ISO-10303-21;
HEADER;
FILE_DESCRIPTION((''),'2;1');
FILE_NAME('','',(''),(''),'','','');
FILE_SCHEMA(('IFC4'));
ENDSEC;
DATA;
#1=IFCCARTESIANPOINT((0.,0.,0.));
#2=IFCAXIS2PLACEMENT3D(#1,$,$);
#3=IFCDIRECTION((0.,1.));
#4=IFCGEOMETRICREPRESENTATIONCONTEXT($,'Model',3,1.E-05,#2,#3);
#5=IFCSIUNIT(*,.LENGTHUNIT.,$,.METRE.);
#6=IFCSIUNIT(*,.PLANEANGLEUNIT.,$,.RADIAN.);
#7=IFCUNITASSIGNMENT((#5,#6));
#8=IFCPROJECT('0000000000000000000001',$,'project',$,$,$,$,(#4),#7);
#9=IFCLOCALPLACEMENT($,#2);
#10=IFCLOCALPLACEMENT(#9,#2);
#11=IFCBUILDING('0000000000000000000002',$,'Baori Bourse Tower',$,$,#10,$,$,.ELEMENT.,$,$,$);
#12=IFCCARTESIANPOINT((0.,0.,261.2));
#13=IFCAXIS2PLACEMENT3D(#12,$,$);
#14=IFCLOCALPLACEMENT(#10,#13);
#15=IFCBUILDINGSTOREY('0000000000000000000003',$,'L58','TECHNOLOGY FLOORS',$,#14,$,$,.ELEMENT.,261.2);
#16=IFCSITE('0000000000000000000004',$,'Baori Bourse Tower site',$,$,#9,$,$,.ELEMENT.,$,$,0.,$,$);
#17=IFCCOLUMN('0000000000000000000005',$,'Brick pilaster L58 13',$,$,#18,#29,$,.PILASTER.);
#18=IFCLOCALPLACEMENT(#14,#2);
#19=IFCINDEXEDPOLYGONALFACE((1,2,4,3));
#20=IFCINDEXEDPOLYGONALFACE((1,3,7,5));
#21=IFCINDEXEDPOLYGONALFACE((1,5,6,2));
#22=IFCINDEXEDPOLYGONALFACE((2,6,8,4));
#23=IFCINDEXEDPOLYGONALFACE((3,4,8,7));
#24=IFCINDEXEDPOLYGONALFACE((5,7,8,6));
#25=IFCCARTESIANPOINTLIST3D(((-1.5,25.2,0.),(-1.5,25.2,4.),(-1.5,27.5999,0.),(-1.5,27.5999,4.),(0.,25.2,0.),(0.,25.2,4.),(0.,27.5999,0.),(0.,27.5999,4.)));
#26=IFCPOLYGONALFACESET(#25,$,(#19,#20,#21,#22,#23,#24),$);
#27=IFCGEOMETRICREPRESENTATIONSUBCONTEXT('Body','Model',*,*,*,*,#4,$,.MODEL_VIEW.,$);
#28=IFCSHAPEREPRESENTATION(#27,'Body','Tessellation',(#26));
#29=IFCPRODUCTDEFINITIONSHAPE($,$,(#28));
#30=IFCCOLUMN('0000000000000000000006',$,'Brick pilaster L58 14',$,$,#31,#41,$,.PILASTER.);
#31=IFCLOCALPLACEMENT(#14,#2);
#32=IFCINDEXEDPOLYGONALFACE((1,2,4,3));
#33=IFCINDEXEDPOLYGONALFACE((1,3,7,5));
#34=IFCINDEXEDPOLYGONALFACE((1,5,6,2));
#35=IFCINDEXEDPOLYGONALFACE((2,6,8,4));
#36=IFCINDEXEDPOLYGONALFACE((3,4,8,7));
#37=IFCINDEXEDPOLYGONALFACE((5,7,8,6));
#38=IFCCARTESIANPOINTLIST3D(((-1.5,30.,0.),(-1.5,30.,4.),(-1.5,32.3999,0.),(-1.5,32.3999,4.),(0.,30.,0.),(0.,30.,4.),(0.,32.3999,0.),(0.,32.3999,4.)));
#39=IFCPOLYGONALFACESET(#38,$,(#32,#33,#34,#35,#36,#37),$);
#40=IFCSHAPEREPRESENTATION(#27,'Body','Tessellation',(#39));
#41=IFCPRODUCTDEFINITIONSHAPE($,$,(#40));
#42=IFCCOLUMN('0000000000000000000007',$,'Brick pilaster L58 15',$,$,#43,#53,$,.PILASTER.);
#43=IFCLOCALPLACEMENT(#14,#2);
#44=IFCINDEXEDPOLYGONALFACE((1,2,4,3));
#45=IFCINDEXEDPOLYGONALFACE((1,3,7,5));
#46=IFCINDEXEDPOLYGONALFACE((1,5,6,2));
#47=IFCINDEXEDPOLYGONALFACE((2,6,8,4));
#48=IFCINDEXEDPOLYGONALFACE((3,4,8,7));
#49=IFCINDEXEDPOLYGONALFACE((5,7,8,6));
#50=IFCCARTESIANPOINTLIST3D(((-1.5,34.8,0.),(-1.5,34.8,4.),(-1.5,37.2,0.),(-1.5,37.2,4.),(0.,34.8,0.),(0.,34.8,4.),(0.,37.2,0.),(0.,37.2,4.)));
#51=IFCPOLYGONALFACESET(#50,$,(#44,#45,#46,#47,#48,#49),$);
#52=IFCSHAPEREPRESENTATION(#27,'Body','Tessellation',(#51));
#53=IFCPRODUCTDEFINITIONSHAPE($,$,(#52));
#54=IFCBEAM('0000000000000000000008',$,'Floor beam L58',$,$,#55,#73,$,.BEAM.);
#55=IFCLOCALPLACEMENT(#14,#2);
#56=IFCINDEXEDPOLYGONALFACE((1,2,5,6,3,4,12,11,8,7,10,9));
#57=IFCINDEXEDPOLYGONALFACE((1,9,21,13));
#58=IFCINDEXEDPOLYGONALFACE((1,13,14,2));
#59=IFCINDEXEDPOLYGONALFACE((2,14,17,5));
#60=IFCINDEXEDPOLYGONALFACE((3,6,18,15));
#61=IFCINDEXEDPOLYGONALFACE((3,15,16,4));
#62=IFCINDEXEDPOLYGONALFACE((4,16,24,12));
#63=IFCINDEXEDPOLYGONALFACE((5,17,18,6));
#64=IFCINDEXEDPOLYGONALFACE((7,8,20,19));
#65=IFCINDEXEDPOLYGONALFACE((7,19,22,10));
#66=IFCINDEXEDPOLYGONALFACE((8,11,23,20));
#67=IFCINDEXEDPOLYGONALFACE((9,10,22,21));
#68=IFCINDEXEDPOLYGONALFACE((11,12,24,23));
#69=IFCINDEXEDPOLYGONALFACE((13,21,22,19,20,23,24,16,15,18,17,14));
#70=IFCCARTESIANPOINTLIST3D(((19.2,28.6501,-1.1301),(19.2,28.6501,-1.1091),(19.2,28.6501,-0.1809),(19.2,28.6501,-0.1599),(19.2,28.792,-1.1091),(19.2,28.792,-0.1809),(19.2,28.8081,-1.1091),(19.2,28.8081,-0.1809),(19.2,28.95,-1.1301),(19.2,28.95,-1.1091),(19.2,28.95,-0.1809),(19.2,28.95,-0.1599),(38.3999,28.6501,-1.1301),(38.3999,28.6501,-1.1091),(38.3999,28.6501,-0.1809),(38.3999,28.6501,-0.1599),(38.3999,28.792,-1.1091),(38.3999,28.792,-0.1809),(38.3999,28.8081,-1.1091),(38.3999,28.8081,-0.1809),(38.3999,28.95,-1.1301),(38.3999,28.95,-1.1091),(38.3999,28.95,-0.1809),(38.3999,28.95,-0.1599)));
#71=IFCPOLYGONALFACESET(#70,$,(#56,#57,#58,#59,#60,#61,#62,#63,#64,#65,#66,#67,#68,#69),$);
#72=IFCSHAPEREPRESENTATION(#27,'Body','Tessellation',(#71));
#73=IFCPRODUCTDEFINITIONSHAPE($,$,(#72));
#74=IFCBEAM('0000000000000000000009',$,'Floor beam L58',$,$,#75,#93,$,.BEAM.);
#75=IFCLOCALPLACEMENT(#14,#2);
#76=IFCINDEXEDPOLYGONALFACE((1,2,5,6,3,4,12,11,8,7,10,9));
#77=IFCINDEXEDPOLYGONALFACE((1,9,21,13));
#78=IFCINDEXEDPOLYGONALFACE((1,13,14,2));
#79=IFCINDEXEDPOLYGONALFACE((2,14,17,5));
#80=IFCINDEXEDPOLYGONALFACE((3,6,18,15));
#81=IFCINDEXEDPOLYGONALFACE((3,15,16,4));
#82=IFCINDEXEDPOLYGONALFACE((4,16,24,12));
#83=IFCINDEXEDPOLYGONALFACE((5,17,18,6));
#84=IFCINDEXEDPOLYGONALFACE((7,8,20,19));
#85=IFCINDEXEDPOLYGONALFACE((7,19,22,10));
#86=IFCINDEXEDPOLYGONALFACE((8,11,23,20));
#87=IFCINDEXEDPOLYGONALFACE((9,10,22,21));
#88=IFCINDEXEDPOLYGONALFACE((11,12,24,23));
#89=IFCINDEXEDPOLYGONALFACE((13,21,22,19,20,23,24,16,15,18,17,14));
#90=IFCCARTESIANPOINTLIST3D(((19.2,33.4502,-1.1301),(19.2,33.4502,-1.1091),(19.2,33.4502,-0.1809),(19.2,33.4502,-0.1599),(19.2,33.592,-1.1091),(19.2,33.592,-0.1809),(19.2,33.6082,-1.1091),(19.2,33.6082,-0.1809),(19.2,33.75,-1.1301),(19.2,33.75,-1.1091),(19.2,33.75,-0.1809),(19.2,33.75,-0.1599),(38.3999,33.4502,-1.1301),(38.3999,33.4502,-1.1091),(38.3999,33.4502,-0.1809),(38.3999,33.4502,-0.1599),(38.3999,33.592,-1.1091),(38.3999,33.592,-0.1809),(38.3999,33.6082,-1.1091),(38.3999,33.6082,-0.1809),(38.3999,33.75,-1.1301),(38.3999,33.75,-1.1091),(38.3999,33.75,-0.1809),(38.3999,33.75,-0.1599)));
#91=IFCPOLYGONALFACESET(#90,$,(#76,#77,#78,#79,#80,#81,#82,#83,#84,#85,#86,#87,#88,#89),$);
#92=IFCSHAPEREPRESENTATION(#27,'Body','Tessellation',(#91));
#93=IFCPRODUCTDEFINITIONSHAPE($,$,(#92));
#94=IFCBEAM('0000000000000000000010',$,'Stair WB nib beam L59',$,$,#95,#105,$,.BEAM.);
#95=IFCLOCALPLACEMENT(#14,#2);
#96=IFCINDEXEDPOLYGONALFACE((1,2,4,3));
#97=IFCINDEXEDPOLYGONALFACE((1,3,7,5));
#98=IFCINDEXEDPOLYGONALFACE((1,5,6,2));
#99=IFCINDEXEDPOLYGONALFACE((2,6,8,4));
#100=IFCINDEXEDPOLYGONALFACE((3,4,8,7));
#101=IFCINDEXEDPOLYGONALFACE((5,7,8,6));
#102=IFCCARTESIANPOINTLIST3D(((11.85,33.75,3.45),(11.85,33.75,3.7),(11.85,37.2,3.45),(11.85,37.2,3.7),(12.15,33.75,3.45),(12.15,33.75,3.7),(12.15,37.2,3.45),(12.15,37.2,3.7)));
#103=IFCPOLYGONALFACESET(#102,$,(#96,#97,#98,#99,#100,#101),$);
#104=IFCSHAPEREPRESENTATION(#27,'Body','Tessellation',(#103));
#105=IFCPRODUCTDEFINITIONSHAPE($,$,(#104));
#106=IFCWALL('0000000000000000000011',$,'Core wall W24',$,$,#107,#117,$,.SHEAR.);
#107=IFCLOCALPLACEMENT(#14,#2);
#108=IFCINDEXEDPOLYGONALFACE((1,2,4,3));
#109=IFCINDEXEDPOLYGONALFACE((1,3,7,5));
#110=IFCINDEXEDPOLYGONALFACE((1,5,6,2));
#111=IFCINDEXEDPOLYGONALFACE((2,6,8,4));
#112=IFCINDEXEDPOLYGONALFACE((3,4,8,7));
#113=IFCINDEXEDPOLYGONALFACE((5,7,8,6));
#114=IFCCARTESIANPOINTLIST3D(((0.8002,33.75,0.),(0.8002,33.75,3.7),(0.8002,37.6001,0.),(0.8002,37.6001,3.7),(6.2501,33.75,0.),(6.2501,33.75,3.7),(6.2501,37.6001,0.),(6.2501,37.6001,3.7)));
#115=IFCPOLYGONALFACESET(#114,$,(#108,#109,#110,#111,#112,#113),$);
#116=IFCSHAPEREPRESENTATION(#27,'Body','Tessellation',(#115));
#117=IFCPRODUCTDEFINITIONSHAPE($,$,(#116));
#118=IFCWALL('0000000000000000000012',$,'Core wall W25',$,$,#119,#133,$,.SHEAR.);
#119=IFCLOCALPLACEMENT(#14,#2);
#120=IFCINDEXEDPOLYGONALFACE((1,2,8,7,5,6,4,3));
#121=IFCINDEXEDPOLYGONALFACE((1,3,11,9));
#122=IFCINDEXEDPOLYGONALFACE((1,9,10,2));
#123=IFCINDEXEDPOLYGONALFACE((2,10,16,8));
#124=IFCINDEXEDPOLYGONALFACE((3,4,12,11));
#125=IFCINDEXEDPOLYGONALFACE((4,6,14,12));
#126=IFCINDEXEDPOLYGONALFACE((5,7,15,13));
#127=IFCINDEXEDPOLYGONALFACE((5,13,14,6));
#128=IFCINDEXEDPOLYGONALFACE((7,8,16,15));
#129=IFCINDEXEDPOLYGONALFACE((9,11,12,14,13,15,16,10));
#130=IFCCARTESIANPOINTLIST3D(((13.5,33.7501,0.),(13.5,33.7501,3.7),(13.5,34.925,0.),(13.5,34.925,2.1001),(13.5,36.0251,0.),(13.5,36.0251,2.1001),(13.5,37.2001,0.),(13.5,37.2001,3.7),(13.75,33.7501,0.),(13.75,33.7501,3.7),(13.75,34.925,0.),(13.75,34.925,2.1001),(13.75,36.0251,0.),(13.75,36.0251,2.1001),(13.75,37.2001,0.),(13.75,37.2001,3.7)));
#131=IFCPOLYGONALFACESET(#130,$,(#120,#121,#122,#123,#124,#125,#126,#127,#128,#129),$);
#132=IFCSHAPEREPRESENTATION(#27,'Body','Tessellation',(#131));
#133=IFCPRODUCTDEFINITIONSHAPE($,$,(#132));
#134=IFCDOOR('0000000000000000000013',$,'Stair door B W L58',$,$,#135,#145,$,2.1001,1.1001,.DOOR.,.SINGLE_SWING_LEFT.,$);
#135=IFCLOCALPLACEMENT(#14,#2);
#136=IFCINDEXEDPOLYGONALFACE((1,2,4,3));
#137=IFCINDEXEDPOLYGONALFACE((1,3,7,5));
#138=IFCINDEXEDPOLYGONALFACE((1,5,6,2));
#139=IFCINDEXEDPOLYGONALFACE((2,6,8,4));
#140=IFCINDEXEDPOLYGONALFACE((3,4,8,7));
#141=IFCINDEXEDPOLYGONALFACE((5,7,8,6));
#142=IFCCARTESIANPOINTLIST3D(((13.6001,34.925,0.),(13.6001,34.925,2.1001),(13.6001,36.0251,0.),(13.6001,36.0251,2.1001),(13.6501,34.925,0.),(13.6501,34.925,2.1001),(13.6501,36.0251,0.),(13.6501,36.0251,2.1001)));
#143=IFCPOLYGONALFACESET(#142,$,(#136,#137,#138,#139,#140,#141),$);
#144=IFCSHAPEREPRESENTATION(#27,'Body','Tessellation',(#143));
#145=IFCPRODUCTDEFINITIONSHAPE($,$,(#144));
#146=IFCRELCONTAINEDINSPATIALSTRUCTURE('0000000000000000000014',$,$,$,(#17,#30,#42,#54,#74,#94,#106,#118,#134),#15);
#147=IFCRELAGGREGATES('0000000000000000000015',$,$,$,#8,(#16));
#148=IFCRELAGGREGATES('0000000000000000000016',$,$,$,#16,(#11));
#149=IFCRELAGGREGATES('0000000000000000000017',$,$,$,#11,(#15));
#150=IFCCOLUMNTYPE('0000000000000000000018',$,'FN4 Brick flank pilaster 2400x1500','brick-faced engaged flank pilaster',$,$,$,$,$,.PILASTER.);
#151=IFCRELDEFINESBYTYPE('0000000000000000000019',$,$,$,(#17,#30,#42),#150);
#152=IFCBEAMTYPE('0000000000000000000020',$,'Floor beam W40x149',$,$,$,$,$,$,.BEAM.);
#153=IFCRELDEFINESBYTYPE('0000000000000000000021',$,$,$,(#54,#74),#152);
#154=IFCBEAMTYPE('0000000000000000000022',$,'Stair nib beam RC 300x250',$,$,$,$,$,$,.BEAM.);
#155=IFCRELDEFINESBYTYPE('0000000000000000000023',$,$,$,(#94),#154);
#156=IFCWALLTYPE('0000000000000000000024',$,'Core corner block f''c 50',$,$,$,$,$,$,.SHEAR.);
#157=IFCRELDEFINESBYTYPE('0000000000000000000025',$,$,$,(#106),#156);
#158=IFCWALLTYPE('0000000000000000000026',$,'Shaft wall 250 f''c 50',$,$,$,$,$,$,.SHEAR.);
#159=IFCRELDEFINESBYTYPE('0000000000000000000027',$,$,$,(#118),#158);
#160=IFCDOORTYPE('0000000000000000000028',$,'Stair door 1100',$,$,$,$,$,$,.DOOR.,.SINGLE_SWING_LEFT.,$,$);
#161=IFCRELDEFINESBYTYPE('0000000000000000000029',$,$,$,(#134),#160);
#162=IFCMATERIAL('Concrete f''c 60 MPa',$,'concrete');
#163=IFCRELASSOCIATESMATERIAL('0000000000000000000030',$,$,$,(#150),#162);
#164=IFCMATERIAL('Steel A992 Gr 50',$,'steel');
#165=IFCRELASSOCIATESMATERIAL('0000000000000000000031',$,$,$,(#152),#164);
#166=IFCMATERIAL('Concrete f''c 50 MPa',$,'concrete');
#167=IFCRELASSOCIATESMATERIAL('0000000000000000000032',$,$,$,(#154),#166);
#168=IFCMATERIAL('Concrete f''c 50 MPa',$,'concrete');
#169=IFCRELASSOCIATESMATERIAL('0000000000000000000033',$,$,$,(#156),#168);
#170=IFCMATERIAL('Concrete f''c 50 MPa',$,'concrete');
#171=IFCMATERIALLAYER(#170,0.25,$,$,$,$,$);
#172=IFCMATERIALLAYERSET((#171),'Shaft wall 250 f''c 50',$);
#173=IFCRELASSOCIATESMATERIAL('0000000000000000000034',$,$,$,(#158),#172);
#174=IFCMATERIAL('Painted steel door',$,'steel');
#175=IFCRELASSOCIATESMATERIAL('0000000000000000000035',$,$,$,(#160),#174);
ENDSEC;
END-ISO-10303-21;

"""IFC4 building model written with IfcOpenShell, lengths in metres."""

from ifc_helpers import new_model, si_unit, direction, frame, frame_2d, origin, origin_2d, place, context, subcontext, project, spatial, rectangle, i_section, extrude, material, layer, layer_set, material_profile, profile_set, type_object, element, fill, save


model = new_model("IFC4")

# Units and contexts
model_context = context("Model", 3, precision=1e-05, world=origin(), true_north=direction((0.0, 1.0)))
body_context = subcontext(model_context, "Body", "Model", "MODEL_VIEW")
ifc_project = project(units=[si_unit("LENGTHUNIT", "METRE"), si_unit("PLANEANGLEUNIT", "RADIAN")], contexts=[model_context])

# Site, building, storey
site_placement = place(None, origin())
site = spatial("IfcSite", under=ifc_project, at=site_placement, Name="Baori Bourse Tower site", CompositionType="ELEMENT", RefElevation=0.0)
building_placement = place(site_placement, origin())
building = spatial("IfcBuilding", under=site, at=building_placement, Name="Baori Bourse Tower", CompositionType="ELEMENT")
storey_placement = place(building_placement, frame((0.0, 0.0, 261.2)))
storey = spatial("IfcBuildingStorey", under=building, at=storey_placement, Name="L58", Description="TECHNOLOGY FLOORS", CompositionType="ELEMENT", Elevation=261.2)

# Columns
ifc_material_1 = material(Name="Concrete f'c 60 MPa", Category="concrete")
ifc_material_profile_1 = material_profile(ifc_material_1, rectangle(XDim=2.3999, YDim=1.5, at=origin_2d()), Name="RC 2400x1500")
ifc_profile_set_1 = profile_set([ifc_material_profile_1], Name="Concrete f'c 60 MPa")
column_type = type_object("IfcColumnType", Name="FN4 Brick flank pilaster 2400x1500", Description="brick-faced engaged flank pilaster", PredefinedType="PILASTER", material=ifc_profile_set_1)
for number, where, z_axis, x_axis, name in (
    (1, (-0.75, 26.3999, 0.0), (0.0, 0.0, 1.0), (0.0, 1.0, 0.0), "Brick pilaster L58 13"),
    (2, (-0.75, 31.2, 0.0), (0.0, 0.0, 1.0), (0.0, 1.0, 0.0), "Brick pilaster L58 14"),
    (3, (-0.75, 36.0, 0.0), (0.0, 0.0, 1.0), (0.0, 1.0, 0.0), "Brick pilaster L58 15"),
):
    element("IfcColumn", number, at=place(storey_placement, frame(where, z_axis=z_axis, x_axis=x_axis)), inside=storey, type_object=column_type, Name=name, PredefinedType="PILASTER", context=body_context, shape_type="SweptSolid", body=[
        extrude(rectangle(XDim=2.3999, YDim=1.5, at=origin_2d()), origin(), (0.0, 0.0, 1.0), 4.0),
    ])

# Beams
ifc_material_2 = material(Name="Steel A992 Gr 50", Category="steel")
ifc_material_profile_2 = material_profile(ifc_material_2, i_section(OverallWidth=0.2998, OverallDepth=0.9702, WebThickness=0.0161, FlangeThickness=0.021, at=origin_2d()), Name="W40x149")
ifc_profile_set_2 = profile_set([ifc_material_profile_2], Name="Steel A992 Gr 50")
beam_type_1 = type_object("IfcBeamType", Name="Floor beam W40x149", PredefinedType="BEAM", material=ifc_profile_set_2)
for number, where, z_axis, x_axis, name in (
    (4, (19.2, 28.8, -0.645), (1.0, 0.0, 0.0), (0.0, 1.0, 0.0), "Floor beam L58"),
    (5, (19.2, 33.6001, -0.645), (1.0, 0.0, 0.0), (0.0, 1.0, 0.0), "Floor beam L58"),
):
    element("IfcBeam", number, at=place(storey_placement, frame(where, z_axis=z_axis, x_axis=x_axis)), inside=storey, type_object=beam_type_1, Name=name, PredefinedType="BEAM", context=body_context, shape_type="SweptSolid", body=[
        extrude(i_section(OverallWidth=0.2998, OverallDepth=0.9702, WebThickness=0.0161, FlangeThickness=0.021, at=origin_2d()), origin(), (0.0, 0.0, 1.0), 19.2),
    ])
ifc_material_3 = material(Name="Concrete f'c 50 MPa", Category="concrete")
ifc_material_profile_3 = material_profile(ifc_material_3, rectangle(XDim=0.3, YDim=0.25, at=origin_2d()), Name="RC 300x250")
ifc_profile_set_3 = profile_set([ifc_material_profile_3], Name="Concrete f'c 50 MPa")
beam_type_2 = type_object("IfcBeamType", Name="Stair nib beam RC 300x250", PredefinedType="BEAM", material=ifc_profile_set_3)
beam_placement = place(storey_placement, frame((12.0, 33.75, 3.575), z_axis=(0.0, 1.0, 0.0), x_axis=(-1.0, 0.0, 0.0)))
element("IfcBeam", 6, at=beam_placement, inside=storey, type_object=beam_type_2, Name="Stair WB nib beam L59", PredefinedType="BEAM", context=body_context, shape_type="SweptSolid", body=[
    extrude(rectangle(XDim=0.3, YDim=0.25, at=origin_2d()), origin(), (0.0, 0.0, 1.0), 3.45),
])

# Wall
ifc_material_4 = material(Name="Concrete f'c 50 MPa", Category="concrete")
wall_type_1 = type_object("IfcWallType", Name="Core corner block f'c 50", PredefinedType="SHEAR", material=ifc_material_4)
wall_1_placement = place(storey_placement, frame((0.8, 35.675, 0.0), z_axis=(0.0, 0.0, 1.0), x_axis=(1.0, 0.0, 0.0)))
element("IfcWall", 7, at=wall_1_placement, inside=storey, type_object=wall_type_1, Name="Core wall W24", PredefinedType="SHEAR", context=body_context, shape_type="SweptSolid", body=[
    extrude(rectangle(XDim=5.45, YDim=3.8501, at=frame_2d((2.7251, 0.0))), origin(), (0.0, 0.0, 1.0), 3.7),
])

# Wall, opening, door
ifc_material_5 = material(Name="Concrete f'c 50 MPa", Category="concrete")
ifc_layer_1 = layer(ifc_material_5, 0.25)
ifc_layer_set_1 = layer_set([ifc_layer_1], Name="Shaft wall 250 f'c 50")
wall_type_2 = type_object("IfcWallType", Name="Shaft wall 250 f'c 50", PredefinedType="SHEAR", material=ifc_layer_set_1)
wall_2_placement = place(storey_placement, frame((13.625, 33.75, 0.0), z_axis=(0.0, 0.0, 1.0), x_axis=(0.0, 1.0, 0.0)))
wall_2 = element("IfcWall", 8, at=wall_2_placement, inside=storey, type_object=wall_type_2, Name="Core wall W25", PredefinedType="SHEAR", context=body_context, shape_type="SweptSolid", body=[
    extrude(rectangle(XDim=3.45, YDim=0.25, at=frame_2d((1.7251, 0.0))), origin(), (0.0, 0.0, 1.0), 3.7),
])
opening_1_placement = place(wall_2_placement, frame((1.175, 0.0, 0.0)))
opening_1 = element("IfcOpeningElement", 9, at=opening_1_placement, cuts=wall_2, PredefinedType="OPENING", context=body_context, shape_type="SweptSolid", body=[
    extrude(rectangle(XDim=1.1001, YDim=2.1001, at=frame_2d((0.55, 1.05))), frame((0.0, 0.135, 0.0), z_axis=(0.0, -1.0, 0.0), x_axis=(1.0, 0.0, 0.0)), (0.0, 0.0, 1.0), 0.27),
])
ifc_material_6 = material(Name="Painted steel door", Category="steel")
door_type_1 = type_object("IfcDoorType", Name="Stair door 1100", OperationType="SINGLE_SWING_LEFT", PredefinedType="DOOR", material=ifc_material_6)
door_1_placement = place(opening_1_placement, origin())
door_1 = element("IfcDoor", 10, at=door_1_placement, inside=storey, type_object=door_type_1, Name="Stair door B W L58", OperationType="SINGLE_SWING_LEFT", OverallHeight=2.1001, OverallWidth=1.1001, PredefinedType="DOOR", context=body_context, shape_type="SweptSolid", body=[
    extrude(rectangle(XDim=1.1001, YDim=2.1001, at=frame_2d((0.55, 1.05))), frame((0.0, 0.0249, 0.0), z_axis=(0.0, -1.0, 0.0), x_axis=(1.0, 0.0, 0.0)), (0.0, 0.0, 1.0), 0.05),
])
fill(opening_1, door_1)

save(model, "model.ifc")
